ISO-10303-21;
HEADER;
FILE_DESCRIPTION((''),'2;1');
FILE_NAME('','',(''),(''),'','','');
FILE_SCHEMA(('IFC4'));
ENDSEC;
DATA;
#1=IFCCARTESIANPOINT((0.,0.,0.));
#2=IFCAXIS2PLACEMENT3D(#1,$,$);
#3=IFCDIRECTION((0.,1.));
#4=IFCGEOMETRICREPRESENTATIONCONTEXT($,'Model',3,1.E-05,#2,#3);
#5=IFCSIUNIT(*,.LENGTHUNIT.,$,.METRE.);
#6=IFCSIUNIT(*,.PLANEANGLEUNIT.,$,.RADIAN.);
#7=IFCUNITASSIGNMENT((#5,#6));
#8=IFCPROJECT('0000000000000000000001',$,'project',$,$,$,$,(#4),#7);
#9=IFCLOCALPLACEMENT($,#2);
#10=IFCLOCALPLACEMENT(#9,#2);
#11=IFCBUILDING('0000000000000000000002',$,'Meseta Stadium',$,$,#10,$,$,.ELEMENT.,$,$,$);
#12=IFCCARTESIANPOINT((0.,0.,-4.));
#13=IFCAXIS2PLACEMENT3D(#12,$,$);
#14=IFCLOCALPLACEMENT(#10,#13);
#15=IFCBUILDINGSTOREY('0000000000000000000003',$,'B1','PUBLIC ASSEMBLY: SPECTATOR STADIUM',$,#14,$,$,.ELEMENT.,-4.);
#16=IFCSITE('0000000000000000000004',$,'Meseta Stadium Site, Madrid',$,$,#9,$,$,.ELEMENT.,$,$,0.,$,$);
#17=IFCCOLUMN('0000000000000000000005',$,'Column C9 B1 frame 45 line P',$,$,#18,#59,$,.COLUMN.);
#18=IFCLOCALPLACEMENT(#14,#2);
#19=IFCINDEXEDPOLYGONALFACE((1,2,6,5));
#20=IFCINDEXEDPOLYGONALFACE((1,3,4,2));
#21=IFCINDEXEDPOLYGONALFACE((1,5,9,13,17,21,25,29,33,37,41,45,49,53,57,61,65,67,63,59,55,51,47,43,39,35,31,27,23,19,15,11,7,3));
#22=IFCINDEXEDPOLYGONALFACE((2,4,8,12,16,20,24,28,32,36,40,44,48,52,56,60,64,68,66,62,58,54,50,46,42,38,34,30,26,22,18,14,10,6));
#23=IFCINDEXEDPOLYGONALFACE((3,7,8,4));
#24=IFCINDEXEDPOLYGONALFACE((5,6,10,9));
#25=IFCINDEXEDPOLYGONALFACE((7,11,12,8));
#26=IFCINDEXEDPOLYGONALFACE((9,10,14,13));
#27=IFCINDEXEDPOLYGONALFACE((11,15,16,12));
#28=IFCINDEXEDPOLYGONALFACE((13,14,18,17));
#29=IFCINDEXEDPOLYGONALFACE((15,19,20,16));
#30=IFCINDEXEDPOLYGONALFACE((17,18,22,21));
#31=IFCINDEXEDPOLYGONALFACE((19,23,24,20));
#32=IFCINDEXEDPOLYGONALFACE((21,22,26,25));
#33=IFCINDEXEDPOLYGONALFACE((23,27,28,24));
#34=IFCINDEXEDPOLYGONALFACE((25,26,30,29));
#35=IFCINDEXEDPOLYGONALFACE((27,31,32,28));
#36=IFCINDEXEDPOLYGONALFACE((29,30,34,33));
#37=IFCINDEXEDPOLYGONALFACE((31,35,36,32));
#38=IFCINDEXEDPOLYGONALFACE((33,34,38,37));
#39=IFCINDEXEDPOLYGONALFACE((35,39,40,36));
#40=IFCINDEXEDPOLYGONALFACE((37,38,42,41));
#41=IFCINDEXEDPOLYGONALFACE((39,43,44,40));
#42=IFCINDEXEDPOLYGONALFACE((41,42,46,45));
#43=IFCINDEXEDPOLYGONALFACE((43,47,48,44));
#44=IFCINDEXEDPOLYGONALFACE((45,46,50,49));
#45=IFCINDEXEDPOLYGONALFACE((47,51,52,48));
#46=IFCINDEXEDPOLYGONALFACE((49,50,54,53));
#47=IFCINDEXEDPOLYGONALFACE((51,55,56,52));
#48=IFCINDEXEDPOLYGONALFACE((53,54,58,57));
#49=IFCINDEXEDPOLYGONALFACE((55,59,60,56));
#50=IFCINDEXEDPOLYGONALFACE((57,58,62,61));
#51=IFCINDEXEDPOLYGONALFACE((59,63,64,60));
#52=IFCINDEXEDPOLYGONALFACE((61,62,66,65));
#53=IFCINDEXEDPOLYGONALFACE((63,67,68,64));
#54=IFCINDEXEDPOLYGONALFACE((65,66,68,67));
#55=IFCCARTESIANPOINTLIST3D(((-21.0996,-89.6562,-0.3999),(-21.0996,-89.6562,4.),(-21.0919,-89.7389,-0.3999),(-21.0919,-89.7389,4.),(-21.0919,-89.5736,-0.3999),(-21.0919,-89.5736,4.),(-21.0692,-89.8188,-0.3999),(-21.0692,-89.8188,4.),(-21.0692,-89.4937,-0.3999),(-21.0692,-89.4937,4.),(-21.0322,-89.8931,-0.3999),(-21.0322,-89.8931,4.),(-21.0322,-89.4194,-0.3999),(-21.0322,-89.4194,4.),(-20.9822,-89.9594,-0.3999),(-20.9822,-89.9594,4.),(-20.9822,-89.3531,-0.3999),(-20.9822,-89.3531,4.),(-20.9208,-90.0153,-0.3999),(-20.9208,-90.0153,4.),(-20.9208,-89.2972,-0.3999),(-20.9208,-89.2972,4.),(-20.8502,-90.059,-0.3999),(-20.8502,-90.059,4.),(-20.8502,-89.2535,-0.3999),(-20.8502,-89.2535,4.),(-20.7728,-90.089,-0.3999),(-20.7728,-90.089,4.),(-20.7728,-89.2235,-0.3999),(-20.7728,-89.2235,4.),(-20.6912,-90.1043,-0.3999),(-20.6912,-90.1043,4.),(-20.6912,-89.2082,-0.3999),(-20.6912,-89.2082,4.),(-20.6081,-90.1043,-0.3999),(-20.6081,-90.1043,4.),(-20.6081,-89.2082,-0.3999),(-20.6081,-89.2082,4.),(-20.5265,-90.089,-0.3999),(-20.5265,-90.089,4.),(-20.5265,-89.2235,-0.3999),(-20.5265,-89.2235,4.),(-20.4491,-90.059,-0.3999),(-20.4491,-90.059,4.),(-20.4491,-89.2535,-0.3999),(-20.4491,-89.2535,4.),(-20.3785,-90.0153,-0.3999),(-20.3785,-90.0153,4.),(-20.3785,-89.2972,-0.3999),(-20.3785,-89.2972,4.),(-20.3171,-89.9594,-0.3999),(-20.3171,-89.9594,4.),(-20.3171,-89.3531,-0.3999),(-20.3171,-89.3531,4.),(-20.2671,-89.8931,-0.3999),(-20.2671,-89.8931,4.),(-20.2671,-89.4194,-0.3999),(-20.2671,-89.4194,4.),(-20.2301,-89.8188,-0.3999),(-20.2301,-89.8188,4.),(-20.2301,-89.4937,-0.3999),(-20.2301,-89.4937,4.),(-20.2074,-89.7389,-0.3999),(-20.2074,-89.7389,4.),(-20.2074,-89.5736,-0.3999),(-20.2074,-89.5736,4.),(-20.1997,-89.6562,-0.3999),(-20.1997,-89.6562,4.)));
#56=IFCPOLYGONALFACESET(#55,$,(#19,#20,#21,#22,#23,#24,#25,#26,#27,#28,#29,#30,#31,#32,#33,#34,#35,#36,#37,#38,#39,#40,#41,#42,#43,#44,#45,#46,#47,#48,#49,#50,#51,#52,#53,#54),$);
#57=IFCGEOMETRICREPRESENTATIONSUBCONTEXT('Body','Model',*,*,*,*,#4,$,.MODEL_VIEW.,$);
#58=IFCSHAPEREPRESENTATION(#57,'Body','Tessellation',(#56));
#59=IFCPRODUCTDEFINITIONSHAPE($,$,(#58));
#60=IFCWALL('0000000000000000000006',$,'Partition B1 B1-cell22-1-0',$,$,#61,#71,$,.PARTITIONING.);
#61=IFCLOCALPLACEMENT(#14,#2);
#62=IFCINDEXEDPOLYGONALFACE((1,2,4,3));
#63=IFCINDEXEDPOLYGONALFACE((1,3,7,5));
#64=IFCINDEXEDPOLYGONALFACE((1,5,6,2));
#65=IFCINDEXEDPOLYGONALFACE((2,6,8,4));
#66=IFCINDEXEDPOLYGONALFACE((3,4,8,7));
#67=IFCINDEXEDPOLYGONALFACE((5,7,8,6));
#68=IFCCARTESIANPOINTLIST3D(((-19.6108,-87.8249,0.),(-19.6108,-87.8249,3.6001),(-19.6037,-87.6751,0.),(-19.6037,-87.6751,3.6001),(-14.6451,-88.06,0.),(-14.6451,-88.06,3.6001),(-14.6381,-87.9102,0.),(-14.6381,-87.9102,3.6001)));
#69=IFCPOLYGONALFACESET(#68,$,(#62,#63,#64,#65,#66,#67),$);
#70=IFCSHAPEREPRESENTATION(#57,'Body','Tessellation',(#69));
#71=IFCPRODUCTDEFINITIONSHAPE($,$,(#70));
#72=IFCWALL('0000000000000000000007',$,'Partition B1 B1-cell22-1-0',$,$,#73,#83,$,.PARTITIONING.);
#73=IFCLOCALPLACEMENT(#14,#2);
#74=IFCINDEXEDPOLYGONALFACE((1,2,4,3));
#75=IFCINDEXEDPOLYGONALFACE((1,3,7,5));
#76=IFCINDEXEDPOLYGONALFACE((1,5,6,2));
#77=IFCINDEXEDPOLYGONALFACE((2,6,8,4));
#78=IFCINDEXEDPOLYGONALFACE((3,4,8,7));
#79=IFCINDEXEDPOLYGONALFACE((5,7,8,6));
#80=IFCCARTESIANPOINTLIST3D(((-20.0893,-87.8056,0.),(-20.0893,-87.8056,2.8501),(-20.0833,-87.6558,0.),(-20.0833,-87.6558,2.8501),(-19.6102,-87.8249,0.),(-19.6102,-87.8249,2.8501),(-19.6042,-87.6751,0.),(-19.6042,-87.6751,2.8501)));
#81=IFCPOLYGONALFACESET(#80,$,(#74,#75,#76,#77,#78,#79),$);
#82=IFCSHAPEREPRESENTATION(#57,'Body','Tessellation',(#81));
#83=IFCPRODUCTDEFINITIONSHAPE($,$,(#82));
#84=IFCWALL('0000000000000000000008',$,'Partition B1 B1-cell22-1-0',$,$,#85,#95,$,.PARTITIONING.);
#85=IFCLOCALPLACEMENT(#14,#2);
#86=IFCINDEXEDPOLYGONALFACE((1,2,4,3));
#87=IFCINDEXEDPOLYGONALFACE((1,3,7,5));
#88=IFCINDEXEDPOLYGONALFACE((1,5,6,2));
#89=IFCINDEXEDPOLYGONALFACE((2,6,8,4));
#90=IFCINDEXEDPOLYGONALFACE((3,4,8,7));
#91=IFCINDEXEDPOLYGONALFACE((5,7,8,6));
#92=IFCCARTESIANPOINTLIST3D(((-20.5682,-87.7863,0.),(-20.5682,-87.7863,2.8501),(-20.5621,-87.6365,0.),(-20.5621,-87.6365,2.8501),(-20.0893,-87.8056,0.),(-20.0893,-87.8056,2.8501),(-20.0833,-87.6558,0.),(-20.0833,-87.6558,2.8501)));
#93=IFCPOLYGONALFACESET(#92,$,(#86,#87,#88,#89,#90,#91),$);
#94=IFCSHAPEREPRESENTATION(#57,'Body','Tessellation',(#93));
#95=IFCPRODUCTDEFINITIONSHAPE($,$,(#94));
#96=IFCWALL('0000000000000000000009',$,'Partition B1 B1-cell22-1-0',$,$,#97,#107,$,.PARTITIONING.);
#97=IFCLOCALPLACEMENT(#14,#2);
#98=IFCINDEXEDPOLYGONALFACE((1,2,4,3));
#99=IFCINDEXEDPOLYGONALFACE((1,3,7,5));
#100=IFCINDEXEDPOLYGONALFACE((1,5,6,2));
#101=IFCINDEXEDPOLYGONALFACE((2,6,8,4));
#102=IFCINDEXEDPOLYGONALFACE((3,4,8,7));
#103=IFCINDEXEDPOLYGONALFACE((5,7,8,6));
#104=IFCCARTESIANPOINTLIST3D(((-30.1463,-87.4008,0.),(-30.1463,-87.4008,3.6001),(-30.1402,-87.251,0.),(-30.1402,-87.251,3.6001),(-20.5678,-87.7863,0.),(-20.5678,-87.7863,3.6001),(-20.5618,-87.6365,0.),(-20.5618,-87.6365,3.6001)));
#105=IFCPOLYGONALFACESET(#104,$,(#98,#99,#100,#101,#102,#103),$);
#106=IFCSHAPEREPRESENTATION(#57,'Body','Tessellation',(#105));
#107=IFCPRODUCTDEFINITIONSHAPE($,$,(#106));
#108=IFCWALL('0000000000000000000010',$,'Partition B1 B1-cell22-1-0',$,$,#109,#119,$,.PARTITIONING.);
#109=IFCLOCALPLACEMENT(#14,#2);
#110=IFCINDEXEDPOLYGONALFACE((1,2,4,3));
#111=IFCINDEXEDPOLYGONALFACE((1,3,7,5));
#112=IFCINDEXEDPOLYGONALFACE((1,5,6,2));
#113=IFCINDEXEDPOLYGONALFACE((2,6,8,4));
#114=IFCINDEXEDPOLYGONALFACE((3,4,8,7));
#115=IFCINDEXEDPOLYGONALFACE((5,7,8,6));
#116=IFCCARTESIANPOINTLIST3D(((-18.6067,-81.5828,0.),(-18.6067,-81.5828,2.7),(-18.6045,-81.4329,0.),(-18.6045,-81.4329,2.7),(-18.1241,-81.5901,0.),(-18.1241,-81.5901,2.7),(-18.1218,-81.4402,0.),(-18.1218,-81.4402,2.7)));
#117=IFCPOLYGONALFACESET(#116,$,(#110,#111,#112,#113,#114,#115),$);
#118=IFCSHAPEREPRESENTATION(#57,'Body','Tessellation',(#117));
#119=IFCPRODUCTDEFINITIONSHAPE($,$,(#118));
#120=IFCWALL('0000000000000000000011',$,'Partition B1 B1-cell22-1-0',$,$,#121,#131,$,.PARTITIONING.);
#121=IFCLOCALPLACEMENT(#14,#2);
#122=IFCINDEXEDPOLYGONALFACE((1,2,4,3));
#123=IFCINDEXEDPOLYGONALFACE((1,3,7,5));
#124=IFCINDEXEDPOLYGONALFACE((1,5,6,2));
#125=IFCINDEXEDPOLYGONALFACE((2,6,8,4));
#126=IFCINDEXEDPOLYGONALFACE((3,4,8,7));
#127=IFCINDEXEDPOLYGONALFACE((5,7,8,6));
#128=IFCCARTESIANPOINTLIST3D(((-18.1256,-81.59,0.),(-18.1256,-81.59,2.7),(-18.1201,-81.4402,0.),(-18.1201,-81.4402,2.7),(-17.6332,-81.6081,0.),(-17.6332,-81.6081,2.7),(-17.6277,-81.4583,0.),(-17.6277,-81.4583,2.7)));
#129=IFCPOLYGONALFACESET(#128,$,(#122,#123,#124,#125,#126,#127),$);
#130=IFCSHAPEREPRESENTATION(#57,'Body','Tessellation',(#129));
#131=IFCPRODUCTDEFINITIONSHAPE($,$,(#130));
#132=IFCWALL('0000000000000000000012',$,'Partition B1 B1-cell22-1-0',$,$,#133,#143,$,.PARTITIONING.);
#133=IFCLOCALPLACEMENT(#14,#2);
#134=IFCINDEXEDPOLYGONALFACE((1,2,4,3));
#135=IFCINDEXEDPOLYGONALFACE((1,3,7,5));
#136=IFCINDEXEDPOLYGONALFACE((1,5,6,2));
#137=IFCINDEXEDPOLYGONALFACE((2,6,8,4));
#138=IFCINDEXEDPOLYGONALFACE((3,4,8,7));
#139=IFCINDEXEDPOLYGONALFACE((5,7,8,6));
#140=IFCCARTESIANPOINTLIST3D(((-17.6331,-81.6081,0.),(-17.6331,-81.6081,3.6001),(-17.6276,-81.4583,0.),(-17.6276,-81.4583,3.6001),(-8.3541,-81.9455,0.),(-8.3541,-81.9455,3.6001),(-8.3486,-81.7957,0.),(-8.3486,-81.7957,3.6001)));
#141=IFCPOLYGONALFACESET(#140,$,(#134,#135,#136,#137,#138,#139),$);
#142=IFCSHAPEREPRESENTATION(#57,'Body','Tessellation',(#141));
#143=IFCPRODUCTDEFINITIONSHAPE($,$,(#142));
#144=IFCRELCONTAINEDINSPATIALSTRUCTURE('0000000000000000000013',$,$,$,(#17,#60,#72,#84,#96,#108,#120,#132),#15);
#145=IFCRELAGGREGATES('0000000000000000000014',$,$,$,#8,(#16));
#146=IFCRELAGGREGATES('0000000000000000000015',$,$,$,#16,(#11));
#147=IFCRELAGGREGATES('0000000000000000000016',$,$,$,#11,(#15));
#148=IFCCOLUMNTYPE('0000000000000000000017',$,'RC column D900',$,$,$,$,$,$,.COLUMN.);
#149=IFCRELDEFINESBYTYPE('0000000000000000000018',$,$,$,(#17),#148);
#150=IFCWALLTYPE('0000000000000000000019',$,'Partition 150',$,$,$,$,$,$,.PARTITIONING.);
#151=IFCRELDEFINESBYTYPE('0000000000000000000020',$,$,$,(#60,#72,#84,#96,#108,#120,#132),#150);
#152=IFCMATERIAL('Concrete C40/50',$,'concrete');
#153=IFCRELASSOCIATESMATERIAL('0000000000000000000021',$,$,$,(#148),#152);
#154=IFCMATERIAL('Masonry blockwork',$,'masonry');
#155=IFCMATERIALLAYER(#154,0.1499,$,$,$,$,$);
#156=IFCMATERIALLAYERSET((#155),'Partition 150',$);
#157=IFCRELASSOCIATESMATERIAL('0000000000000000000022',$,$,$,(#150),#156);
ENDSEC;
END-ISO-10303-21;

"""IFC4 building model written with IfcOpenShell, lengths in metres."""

from ifc_helpers import new_model, si_unit, direction, frame, frame_2d, origin, origin_2d, place, context, subcontext, project, spatial, rectangle, circle, extrude, material, layer, layer_set, material_profile, profile_set, type_object, element, save


model = new_model("IFC4")

# Units and contexts
model_context = context("Model", 3, precision=1e-05, world=origin(), true_north=direction((0.0, 1.0)))
body_context = subcontext(model_context, "Body", "Model", "MODEL_VIEW")
ifc_project = project(units=[si_unit("LENGTHUNIT", "METRE"), si_unit("PLANEANGLEUNIT", "RADIAN")], contexts=[model_context])

# Site, building, storey
site_placement = place(None, origin())
site = spatial("IfcSite", under=ifc_project, at=site_placement, Name="Meseta Stadium Site, Madrid", CompositionType="ELEMENT", RefElevation=0.0)
building_placement = place(site_placement, origin())
building = spatial("IfcBuilding", under=site, at=building_placement, Name="Meseta Stadium", CompositionType="ELEMENT")
storey_placement = place(building_placement, frame((0.0, 0.0, -4.0)))
storey = spatial("IfcBuildingStorey", under=building, at=storey_placement, Name="B1", Description="PUBLIC ASSEMBLY: SPECTATOR STADIUM", CompositionType="ELEMENT", Elevation=-4.0)

# Column
ifc_material_1 = material(Name="Concrete C40/50", Category="concrete")
ifc_material_profile_1 = material_profile(ifc_material_1, circle(Radius=0.45, at=origin_2d()), Name="RC D900")
ifc_profile_set_1 = profile_set([ifc_material_profile_1], Name="Concrete C40/50")
column_type_1 = type_object("IfcColumnType", Name="RC column D900", PredefinedType="COLUMN", material=ifc_profile_set_1)
column_1_placement = place(storey_placement, frame((-20.6497, -89.6562, -0.3999), z_axis=(0.0, 0.0, 1.0), x_axis=(1.0, 0.0, 0.0)))
element("IfcColumn", 1, at=column_1_placement, inside=storey, type_object=column_type_1, Name="Column C9 B1 frame 45 line P", PredefinedType="COLUMN", context=body_context, shape_type="SweptSolid", body=[
    extrude(circle(Radius=0.45, at=origin_2d()), origin(), (0.0, 0.0, 1.0), 4.3999),
])

# Walls
ifc_material_2 = material(Name="Masonry blockwork", Category="masonry")
ifc_layer = layer(ifc_material_2, 0.1499)
ifc_layer_set = layer_set([ifc_layer], Name="Partition 150")
wall_type = type_object("IfcWallType", Name="Partition 150", PredefinedType="PARTITIONING", material=ifc_layer_set)
wall_1_placement = place(storey_placement, frame((-14.6416, -87.9851, 0.0), z_axis=(0.0, 0.0, 1.0), x_axis=(-0.998881, 0.047294, 0.0)))
element("IfcWall", 2, at=wall_1_placement, inside=storey, type_object=wall_type, Name="Partition B1 B1-cell22-1-0", PredefinedType="PARTITIONING", context=body_context, shape_type="SweptSolid", body=[
    extrude(rectangle(XDim=4.9712, YDim=0.1499, at=frame_2d((2.4856, 0.0))), origin(), (0.0, 0.0, 1.0), 3.6001),
])
wall_2_placement = place(storey_placement, frame((-19.6072, -87.75, 0.0), z_axis=(0.0, 0.0, 1.0), x_axis=(-0.99919, 0.040232, 0.0)))
element("IfcWall", 3, at=wall_2_placement, inside=storey, type_object=wall_type, Name="Partition B1 B1-cell22-1-0", PredefinedType="PARTITIONING", context=body_context, shape_type="SweptSolid", body=[
    extrude(rectangle(XDim=0.4795, YDim=0.1499, at=frame_2d((0.2397, 0.0))), origin(), (0.0, 0.0, 1.0), 2.8501),
])
wall_3_placement = place(storey_placement, frame((-20.0862, -87.7307, 0.0), z_axis=(0.0, 0.0, 1.0), x_axis=(-0.99919, 0.040253, 0.0)))
element("IfcWall", 4, at=wall_3_placement, inside=storey, type_object=wall_type, Name="Partition B1 B1-cell22-1-0", PredefinedType="PARTITIONING", context=body_context, shape_type="SweptSolid", body=[
    extrude(rectangle(XDim=0.4792, YDim=0.1499, at=frame_2d((0.2397, 0.0))), origin(), (0.0, 0.0, 1.0), 2.8501),
])
wall_4_placement = place(storey_placement, frame((-20.5649, -87.7114, 0.0), z_axis=(0.0, 0.0, 1.0), x_axis=(-0.999191, 0.040214, 0.0)))
element("IfcWall", 5, at=wall_4_placement, inside=storey, type_object=wall_type, Name="Partition B1 B1-cell22-1-0", PredefinedType="PARTITIONING", context=body_context, shape_type="SweptSolid", body=[
    extrude(rectangle(XDim=9.5862, YDim=0.1499, at=frame_2d((4.793, 0.0))), origin(), (0.0, 0.0, 1.0), 3.6001),
])
wall_5_placement = place(storey_placement, frame((-18.6055, -81.5078, 0.0), z_axis=(0.0, 0.0, 1.0), x_axis=(0.999885, -0.015173, 0.0)))
element("IfcWall", 6, at=wall_5_placement, inside=storey, type_object=wall_type, Name="Partition B1 B1-cell22-1-0", PredefinedType="PARTITIONING", context=body_context, shape_type="SweptSolid", body=[
    extrude(rectangle(XDim=0.4827, YDim=0.1499, at=frame_2d((0.2412, 0.0))), origin(), (0.0, 0.0, 1.0), 2.7),
])
wall_6_placement = place(storey_placement, frame((-18.1228, -81.5151, 0.0), z_axis=(0.0, 0.0, 1.0), x_axis=(0.999328, -0.036663, 0.0)))
element("IfcWall", 7, at=wall_6_placement, inside=storey, type_object=wall_type, Name="Partition B1 B1-cell22-1-0", PredefinedType="PARTITIONING", context=body_context, shape_type="SweptSolid", body=[
    extrude(rectangle(XDim=0.4927, YDim=0.1499, at=frame_2d((0.2463, 0.0))), origin(), (0.0, 0.0, 1.0), 2.7),
])
wall_7_placement = place(storey_placement, frame((-17.6304, -81.5332, 0.0), z_axis=(0.0, 0.0, 1.0), x_axis=(0.99934, -0.036338, 0.0)))
element("IfcWall", 8, at=wall_7_placement, inside=storey, type_object=wall_type, Name="Partition B1 B1-cell22-1-0", PredefinedType="PARTITIONING", context=body_context, shape_type="SweptSolid", body=[
    extrude(rectangle(XDim=9.2852, YDim=0.1499, at=frame_2d((4.6426, 0.0))), origin(), (0.0, 0.0, 1.0), 3.6001),
])

save(model, "model.ifc")
